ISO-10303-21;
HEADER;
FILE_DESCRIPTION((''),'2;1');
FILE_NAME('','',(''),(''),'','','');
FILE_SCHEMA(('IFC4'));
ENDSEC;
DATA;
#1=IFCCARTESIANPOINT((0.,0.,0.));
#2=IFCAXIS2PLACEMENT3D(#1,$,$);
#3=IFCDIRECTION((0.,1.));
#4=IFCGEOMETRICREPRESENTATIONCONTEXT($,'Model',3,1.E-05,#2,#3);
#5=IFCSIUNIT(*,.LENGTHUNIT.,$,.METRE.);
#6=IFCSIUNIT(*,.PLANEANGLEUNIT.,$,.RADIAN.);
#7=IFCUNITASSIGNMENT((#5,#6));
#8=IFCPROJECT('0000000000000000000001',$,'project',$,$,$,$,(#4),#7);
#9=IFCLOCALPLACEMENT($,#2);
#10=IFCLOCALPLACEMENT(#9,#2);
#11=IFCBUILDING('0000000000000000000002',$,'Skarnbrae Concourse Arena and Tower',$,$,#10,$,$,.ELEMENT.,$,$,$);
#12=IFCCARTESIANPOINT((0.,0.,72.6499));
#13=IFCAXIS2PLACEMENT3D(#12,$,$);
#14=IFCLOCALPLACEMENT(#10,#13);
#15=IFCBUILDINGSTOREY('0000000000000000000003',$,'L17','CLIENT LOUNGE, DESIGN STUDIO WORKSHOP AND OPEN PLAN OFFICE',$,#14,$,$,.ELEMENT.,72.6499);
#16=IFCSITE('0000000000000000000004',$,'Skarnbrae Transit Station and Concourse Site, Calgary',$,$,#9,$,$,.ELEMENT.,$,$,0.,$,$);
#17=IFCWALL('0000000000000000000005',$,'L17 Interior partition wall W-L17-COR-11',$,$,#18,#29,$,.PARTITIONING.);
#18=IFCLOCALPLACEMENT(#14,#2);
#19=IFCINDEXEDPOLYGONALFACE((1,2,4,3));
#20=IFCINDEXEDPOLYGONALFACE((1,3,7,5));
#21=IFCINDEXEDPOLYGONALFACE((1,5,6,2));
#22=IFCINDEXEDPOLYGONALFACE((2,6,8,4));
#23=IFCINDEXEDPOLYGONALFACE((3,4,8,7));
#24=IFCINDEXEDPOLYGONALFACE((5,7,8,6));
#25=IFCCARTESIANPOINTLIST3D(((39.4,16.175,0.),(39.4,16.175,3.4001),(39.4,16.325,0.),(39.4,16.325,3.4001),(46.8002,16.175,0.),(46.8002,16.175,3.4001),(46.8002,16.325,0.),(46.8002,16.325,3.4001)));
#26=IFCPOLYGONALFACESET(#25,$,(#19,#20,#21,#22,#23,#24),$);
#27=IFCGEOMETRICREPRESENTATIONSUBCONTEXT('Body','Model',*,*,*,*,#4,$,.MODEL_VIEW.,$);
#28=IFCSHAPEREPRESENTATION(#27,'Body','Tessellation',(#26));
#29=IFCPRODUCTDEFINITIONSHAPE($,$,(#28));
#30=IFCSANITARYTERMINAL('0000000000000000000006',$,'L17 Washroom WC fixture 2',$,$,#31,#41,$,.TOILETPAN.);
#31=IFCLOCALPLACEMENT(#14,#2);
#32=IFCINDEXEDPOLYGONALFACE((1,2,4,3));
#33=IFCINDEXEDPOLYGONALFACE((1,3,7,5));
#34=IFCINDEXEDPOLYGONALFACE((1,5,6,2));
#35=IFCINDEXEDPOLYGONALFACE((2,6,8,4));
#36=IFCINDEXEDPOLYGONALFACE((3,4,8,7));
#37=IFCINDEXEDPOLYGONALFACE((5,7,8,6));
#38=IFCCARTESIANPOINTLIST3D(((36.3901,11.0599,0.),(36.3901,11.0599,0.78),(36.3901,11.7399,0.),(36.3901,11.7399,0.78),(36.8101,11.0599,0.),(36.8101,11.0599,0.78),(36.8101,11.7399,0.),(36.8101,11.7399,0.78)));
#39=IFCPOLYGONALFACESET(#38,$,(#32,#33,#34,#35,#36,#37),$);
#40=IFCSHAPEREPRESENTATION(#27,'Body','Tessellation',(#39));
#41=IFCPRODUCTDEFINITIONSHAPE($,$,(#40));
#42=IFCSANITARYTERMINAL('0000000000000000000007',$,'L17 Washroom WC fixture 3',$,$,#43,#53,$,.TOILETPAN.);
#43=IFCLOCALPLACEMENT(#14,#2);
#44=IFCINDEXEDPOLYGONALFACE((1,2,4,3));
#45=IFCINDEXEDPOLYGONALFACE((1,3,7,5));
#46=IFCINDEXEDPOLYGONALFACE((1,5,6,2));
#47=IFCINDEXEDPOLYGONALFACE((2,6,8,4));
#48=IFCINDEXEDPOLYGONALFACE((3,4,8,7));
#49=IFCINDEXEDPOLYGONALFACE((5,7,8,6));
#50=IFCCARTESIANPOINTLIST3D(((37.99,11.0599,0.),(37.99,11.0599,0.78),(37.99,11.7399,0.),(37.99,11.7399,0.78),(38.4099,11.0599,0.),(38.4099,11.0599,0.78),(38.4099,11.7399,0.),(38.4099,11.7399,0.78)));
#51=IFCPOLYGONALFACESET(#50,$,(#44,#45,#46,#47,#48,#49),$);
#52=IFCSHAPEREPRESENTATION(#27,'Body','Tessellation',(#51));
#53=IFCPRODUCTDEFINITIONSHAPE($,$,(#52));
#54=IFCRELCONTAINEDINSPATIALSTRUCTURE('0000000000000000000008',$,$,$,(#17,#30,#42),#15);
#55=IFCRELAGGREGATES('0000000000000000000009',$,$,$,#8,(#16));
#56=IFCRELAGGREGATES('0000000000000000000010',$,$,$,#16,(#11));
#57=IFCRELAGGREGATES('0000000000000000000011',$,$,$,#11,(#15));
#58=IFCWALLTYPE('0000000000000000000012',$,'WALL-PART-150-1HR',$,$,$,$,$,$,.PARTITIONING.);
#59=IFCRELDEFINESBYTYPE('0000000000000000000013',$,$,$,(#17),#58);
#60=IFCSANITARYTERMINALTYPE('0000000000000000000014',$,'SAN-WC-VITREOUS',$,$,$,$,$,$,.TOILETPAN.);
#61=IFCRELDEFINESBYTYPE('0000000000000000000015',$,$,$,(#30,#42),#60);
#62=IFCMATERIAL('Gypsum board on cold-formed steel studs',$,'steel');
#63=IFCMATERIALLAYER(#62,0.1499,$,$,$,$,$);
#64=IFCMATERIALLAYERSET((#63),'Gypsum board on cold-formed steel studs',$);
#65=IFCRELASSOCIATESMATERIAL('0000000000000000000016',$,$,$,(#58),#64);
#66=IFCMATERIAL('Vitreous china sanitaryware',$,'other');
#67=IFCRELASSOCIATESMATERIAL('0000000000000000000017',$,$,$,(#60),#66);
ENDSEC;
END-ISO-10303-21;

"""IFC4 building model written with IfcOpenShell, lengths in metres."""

from ifc_helpers import new_model, si_unit, direction, frame, frame_2d, origin, origin_2d, place, context, subcontext, project, spatial, rectangle, extrude, source, transform, mapped, material, layer, layer_set, type_object, element, save


model = new_model("IFC4")

# Units and contexts
model_context = context("Model", 3, precision=1e-05, world=origin(), true_north=direction((0.0, 1.0)))
body_context = subcontext(model_context, "Body", "Model", "MODEL_VIEW")
ifc_project = project(units=[si_unit("LENGTHUNIT", "METRE"), si_unit("PLANEANGLEUNIT", "RADIAN")], contexts=[model_context])

# Site, building, storey
site_placement = place(None, origin())
site = spatial("IfcSite", under=ifc_project, at=site_placement, Name="Skarnbrae Transit Station and Concourse Site, Calgary", CompositionType="ELEMENT", RefElevation=0.0)
building_placement = place(site_placement, origin())
building = spatial("IfcBuilding", under=site, at=building_placement, Name="Skarnbrae Concourse Arena and Tower", CompositionType="ELEMENT")
storey_placement = place(building_placement, frame((0.0, 0.0, 72.6499)))
storey = spatial("IfcBuildingStorey", under=building, at=storey_placement, Name="L17", Description="CLIENT LOUNGE, DESIGN STUDIO WORKSHOP AND OPEN PLAN OFFICE", CompositionType="ELEMENT", Elevation=72.6499)

# Shared definitions
ifc_material_1 = material(Name="Gypsum board on cold-formed steel studs", Category="steel")

# Shared definitions
ifc_layer_1 = layer(ifc_material_1, 0.1499)
ifc_layer_set_1 = layer_set([ifc_layer_1], Name="Gypsum board on cold-formed steel studs")
wall_type_1 = type_object("IfcWallType", Name="WALL-PART-150-1HR", PredefinedType="PARTITIONING", material=ifc_layer_set_1)

# Wall
shared_shape_1 = source(origin(), body_context, "Body", "SweptSolid", [
    extrude(rectangle(XDim=7.4001, YDim=0.1499, at=frame_2d((3.7002, 0.0))), origin(), (0.0, 0.0, 1.0), 3.4001),
])
wall_1_placement = place(storey_placement, frame((39.3999, 16.25, 0.0), z_axis=(0.0, 0.0, 1.0), x_axis=(1.0, 0.0, 0.0)))
element("IfcWall", 1, at=wall_1_placement, inside=storey, type_object=wall_type_1, Name="L17 Interior partition wall W-L17-COR-11", PredefinedType="PARTITIONING", context=body_context, shape_type="MappedRepresentation", body=[
    mapped(shared_shape_1, transform((0.0, 0.0, 0.0))),
])

# Sanitary terminals
ifc_material_2 = material(Name="Vitreous china sanitaryware", Category="other")
sanitary_terminal_type = type_object("IfcSanitaryTerminalType", Name="SAN-WC-VITREOUS", PredefinedType="TOILETPAN", material=ifc_material_2)
shared_shape_2 = source(origin(), body_context, "Body", "SweptSolid", [
    extrude(rectangle(XDim=0.4199, YDim=0.6799, at=origin_2d()), origin(), (0.0, 0.0, 1.0), 0.78),
])
for number, where, z_axis, x_axis, name in (
    (2, (36.6001, 11.3999, 0.0), (0.0, 0.0, 1.0), (1.0, 0.0, 0.0), "L17 Washroom WC fixture 2"),
    (3, (38.2, 11.3999, 0.0), (0.0, 0.0, 1.0), (1.0, 0.0, 0.0), "L17 Washroom WC fixture 3"),
):
    element("IfcSanitaryTerminal", number, at=place(storey_placement, frame(where, z_axis=z_axis, x_axis=x_axis)), inside=storey, type_object=sanitary_terminal_type, Name=name, PredefinedType="TOILETPAN", context=body_context, shape_type="MappedRepresentation", body=[
        mapped(shared_shape_2, transform((0.0, 0.0, 0.0))),
    ])

save(model, "model.ifc")
